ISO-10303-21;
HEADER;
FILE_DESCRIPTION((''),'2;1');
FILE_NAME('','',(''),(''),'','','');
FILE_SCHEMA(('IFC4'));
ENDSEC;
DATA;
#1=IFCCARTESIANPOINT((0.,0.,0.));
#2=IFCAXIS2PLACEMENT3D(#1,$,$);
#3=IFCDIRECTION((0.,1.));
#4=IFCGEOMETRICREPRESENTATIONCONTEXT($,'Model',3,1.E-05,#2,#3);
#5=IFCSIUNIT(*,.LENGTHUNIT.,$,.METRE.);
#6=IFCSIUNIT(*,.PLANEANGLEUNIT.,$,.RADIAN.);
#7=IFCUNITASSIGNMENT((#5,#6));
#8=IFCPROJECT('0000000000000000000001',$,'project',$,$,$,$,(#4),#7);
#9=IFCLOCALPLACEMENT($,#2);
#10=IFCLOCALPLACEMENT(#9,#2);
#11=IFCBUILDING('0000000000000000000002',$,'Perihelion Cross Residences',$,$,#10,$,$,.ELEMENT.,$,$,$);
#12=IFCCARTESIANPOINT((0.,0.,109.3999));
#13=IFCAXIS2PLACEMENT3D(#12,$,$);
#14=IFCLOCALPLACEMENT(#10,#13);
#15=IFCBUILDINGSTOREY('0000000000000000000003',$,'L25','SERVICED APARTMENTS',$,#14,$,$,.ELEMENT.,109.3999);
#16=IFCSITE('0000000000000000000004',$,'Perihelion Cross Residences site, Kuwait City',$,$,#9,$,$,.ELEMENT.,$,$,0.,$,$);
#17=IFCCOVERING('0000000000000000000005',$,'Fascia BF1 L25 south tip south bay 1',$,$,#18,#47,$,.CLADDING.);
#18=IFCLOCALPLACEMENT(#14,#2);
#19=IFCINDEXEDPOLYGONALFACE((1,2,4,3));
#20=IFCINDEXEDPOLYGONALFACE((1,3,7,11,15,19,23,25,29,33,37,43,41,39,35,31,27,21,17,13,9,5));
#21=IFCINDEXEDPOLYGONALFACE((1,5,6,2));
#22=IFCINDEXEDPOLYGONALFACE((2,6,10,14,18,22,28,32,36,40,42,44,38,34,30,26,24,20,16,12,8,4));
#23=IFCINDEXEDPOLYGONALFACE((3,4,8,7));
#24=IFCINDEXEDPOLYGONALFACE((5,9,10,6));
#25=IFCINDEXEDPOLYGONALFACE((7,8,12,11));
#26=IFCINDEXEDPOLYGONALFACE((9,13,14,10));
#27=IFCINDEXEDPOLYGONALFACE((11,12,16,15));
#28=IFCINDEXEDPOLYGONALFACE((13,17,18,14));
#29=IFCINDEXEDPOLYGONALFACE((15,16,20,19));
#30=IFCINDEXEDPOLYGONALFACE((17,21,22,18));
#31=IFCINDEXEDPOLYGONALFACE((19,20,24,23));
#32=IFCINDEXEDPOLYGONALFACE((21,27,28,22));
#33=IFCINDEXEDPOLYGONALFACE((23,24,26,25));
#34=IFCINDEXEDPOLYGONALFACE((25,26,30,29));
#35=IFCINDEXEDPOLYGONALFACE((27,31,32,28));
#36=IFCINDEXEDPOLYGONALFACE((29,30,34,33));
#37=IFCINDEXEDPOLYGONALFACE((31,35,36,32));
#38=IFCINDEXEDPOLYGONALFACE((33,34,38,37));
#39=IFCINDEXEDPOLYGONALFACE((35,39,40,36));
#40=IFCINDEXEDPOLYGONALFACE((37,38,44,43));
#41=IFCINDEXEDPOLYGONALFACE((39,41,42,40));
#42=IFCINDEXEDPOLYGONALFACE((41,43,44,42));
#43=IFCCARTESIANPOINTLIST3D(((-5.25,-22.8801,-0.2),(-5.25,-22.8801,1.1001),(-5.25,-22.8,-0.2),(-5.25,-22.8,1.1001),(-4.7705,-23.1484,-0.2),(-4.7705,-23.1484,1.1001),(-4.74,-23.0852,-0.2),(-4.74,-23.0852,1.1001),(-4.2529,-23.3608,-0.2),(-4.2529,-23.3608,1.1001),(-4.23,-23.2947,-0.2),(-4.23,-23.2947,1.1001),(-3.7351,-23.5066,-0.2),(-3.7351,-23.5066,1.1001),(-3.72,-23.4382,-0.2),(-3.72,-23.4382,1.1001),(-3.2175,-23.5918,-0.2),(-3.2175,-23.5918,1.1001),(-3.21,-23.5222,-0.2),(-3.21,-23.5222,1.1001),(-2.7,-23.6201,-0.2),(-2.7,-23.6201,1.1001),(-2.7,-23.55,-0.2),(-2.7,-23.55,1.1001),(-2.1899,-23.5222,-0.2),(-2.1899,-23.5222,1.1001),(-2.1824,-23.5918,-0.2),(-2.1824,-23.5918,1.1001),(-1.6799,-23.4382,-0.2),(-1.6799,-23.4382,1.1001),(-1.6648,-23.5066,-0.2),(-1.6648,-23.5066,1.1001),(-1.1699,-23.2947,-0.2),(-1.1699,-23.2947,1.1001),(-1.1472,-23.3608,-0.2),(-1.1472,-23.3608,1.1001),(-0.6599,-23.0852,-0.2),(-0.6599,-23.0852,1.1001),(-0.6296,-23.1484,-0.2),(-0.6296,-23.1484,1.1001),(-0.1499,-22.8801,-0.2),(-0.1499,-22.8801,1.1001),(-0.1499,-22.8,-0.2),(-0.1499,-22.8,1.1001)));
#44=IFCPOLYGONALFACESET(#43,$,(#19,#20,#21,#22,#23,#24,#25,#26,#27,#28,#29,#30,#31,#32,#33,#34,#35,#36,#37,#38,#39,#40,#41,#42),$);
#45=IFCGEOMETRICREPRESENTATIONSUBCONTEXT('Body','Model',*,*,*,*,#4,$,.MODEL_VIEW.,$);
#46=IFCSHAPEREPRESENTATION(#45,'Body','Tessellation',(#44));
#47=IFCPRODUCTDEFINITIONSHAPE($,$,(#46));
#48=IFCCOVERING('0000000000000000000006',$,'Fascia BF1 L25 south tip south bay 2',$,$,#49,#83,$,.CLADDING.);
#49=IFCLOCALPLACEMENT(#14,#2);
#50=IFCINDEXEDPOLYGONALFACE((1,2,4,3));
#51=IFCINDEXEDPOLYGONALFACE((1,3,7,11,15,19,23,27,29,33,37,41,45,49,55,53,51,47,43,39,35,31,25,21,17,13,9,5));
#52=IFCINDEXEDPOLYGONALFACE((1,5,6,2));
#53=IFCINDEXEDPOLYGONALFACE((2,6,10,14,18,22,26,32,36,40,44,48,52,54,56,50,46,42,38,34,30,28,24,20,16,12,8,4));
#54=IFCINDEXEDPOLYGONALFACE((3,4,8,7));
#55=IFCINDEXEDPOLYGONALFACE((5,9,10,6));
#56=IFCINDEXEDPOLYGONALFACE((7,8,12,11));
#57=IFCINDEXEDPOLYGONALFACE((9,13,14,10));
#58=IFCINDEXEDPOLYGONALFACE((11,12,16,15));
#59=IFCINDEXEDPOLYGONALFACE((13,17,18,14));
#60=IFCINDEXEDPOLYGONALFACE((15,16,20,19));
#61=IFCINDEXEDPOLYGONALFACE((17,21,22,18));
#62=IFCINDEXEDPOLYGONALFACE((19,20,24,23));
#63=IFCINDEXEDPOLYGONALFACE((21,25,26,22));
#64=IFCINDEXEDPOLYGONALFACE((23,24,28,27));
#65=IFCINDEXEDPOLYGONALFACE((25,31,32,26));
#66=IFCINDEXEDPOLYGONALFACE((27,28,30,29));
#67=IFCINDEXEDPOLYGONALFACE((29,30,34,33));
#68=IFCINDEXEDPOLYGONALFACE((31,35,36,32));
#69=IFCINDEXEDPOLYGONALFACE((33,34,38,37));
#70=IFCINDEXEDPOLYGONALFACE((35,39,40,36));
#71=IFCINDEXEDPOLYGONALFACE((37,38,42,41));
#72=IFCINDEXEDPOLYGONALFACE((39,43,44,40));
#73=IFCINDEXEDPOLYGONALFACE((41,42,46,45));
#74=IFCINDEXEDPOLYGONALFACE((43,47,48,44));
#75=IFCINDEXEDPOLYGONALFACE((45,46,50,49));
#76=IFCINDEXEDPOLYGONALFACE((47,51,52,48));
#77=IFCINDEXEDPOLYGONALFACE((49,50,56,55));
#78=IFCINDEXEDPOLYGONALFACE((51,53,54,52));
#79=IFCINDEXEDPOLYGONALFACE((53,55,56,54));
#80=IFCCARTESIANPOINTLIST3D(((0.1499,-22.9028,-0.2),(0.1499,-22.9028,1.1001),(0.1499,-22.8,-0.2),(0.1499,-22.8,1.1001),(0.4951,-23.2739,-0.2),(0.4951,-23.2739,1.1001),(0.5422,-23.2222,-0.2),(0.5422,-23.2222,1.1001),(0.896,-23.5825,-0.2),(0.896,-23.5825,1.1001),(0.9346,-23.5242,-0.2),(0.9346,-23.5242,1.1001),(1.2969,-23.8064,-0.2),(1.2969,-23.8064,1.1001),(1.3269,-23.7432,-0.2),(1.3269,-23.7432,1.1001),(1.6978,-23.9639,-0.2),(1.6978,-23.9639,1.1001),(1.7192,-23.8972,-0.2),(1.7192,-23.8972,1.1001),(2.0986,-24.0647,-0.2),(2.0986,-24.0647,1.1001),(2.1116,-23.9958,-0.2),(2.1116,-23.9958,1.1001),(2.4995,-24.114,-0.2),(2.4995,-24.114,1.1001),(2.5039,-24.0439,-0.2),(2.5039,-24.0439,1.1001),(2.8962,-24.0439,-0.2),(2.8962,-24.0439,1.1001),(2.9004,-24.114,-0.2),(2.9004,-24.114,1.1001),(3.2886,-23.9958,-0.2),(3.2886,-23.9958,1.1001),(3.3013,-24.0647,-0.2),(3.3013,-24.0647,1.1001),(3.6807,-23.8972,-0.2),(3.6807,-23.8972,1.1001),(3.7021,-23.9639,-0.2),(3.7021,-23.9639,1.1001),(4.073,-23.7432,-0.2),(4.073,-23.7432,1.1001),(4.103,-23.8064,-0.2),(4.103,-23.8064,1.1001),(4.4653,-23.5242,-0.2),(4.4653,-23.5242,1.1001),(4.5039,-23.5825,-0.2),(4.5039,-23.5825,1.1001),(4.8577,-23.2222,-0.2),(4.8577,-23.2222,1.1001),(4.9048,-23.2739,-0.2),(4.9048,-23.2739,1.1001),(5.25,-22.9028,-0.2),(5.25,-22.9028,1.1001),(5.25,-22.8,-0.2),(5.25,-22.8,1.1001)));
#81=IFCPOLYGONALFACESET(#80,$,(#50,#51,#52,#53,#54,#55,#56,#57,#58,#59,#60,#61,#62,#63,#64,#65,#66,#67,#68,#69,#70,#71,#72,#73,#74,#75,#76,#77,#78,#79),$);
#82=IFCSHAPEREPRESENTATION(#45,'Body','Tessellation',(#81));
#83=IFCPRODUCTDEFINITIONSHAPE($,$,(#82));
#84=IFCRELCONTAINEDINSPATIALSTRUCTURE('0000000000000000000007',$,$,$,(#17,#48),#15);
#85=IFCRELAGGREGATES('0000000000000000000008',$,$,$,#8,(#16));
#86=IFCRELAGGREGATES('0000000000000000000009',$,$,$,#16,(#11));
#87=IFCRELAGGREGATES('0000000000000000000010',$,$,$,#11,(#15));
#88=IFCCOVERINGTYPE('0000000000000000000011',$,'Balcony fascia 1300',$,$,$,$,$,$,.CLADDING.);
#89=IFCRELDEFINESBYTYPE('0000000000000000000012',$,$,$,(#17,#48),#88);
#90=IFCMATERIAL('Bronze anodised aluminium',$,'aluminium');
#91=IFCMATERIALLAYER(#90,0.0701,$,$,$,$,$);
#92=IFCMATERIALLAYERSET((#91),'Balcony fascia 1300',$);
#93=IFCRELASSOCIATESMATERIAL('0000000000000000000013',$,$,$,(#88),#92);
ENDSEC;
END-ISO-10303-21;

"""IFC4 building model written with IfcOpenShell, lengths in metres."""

from ifc_helpers import new_model, si_unit, direction, frame, origin, place, context, subcontext, project, spatial, polyline, outline, extrude, material, layer, layer_set, type_object, element, save


model = new_model("IFC4")

# Units and contexts
model_context = context("Model", 3, precision=1e-05, world=origin(), true_north=direction((0.0, 1.0)))
body_context = subcontext(model_context, "Body", "Model", "MODEL_VIEW")
ifc_project = project(units=[si_unit("LENGTHUNIT", "METRE"), si_unit("PLANEANGLEUNIT", "RADIAN")], contexts=[model_context])

# Site, building, storey
site_placement = place(None, origin())
site = spatial("IfcSite", under=ifc_project, at=site_placement, Name="Perihelion Cross Residences site, Kuwait City", CompositionType="ELEMENT", RefElevation=0.0)
building_placement = place(site_placement, origin())
building = spatial("IfcBuilding", under=site, at=building_placement, Name="Perihelion Cross Residences", CompositionType="ELEMENT")
storey_placement = place(building_placement, frame((0.0, 0.0, 109.3999)))
storey = spatial("IfcBuildingStorey", under=building, at=storey_placement, Name="L25", Description="SERVICED APARTMENTS", CompositionType="ELEMENT", Elevation=109.3999)

# Coverings
ifc_material_1 = material(Name="Bronze anodised aluminium", Category="aluminium")
ifc_layer_1 = layer(ifc_material_1, 0.0701)
ifc_layer_set_1 = layer_set([ifc_layer_1], Name="Balcony fascia 1300")
covering_type = type_object("IfcCoveringType", Name="Balcony fascia 1300", PredefinedType="CLADDING", material=ifc_layer_set_1)
covering_1_placement = place(storey_placement, frame((0.0, 0.0, -0.2)))
element("IfcCovering", 1, at=covering_1_placement, inside=storey, type_object=covering_type, Name="Fascia BF1 L25 south tip south bay 1", PredefinedType="CLADDING", context=body_context, shape_type="SweptSolid", body=[
    extrude(outline(polyline([(-4.7705, -23.1484), (-4.2529, -23.3608), (-3.7351, -23.5066), (-3.2175, -23.5918), (-2.7, -23.6201), (-2.1824, -23.5918), (-1.6648, -23.5066), (-1.1472, -23.3608), (-0.6296, -23.1484), (-0.1499, -22.8801), (-0.1499, -22.8), (-0.6599, -23.0852), (-1.1699, -23.2947), (-1.6799, -23.4382), (-2.1899, -23.5222), (-2.7, -23.55), (-3.21, -23.5222), (-3.72, -23.4382), (-4.23, -23.2947), (-4.74, -23.0852), (-5.25, -22.8), (-5.25, -22.8801), (-4.7705, -23.1484)])), origin(), (0.0, 0.0, 1.0), 1.3),
])
covering_2_placement = place(storey_placement, frame((0.0, 0.0, -0.2)))
element("IfcCovering", 2, at=covering_2_placement, inside=storey, type_object=covering_type, Name="Fascia BF1 L25 south tip south bay 2", PredefinedType="CLADDING", context=body_context, shape_type="SweptSolid", body=[
    extrude(outline(polyline([(0.4951, -23.2739), (0.896, -23.5825), (1.2969, -23.8064), (1.6978, -23.9639), (2.0986, -24.0647), (2.4995, -24.114), (2.9004, -24.114), (3.3013, -24.0647), (3.7021, -23.9639), (4.103, -23.8064), (4.5039, -23.5825), (4.9048, -23.2739), (5.25, -22.9028), (5.25, -22.8), (4.8577, -23.2222), (4.4653, -23.5242), (4.073, -23.7432), (3.6807, -23.8972), (3.2886, -23.9958), (2.8962, -24.0439), (2.5039, -24.0439), (2.1116, -23.9958), (1.7192, -23.8972), (1.3269, -23.7432), (0.9346, -23.5242), (0.5422, -23.2222), (0.1499, -22.8), (0.1499, -22.9028), (0.4951, -23.2739)])), origin(), (0.0, 0.0, 1.0), 1.3),
])

save(model, "model.ifc")
